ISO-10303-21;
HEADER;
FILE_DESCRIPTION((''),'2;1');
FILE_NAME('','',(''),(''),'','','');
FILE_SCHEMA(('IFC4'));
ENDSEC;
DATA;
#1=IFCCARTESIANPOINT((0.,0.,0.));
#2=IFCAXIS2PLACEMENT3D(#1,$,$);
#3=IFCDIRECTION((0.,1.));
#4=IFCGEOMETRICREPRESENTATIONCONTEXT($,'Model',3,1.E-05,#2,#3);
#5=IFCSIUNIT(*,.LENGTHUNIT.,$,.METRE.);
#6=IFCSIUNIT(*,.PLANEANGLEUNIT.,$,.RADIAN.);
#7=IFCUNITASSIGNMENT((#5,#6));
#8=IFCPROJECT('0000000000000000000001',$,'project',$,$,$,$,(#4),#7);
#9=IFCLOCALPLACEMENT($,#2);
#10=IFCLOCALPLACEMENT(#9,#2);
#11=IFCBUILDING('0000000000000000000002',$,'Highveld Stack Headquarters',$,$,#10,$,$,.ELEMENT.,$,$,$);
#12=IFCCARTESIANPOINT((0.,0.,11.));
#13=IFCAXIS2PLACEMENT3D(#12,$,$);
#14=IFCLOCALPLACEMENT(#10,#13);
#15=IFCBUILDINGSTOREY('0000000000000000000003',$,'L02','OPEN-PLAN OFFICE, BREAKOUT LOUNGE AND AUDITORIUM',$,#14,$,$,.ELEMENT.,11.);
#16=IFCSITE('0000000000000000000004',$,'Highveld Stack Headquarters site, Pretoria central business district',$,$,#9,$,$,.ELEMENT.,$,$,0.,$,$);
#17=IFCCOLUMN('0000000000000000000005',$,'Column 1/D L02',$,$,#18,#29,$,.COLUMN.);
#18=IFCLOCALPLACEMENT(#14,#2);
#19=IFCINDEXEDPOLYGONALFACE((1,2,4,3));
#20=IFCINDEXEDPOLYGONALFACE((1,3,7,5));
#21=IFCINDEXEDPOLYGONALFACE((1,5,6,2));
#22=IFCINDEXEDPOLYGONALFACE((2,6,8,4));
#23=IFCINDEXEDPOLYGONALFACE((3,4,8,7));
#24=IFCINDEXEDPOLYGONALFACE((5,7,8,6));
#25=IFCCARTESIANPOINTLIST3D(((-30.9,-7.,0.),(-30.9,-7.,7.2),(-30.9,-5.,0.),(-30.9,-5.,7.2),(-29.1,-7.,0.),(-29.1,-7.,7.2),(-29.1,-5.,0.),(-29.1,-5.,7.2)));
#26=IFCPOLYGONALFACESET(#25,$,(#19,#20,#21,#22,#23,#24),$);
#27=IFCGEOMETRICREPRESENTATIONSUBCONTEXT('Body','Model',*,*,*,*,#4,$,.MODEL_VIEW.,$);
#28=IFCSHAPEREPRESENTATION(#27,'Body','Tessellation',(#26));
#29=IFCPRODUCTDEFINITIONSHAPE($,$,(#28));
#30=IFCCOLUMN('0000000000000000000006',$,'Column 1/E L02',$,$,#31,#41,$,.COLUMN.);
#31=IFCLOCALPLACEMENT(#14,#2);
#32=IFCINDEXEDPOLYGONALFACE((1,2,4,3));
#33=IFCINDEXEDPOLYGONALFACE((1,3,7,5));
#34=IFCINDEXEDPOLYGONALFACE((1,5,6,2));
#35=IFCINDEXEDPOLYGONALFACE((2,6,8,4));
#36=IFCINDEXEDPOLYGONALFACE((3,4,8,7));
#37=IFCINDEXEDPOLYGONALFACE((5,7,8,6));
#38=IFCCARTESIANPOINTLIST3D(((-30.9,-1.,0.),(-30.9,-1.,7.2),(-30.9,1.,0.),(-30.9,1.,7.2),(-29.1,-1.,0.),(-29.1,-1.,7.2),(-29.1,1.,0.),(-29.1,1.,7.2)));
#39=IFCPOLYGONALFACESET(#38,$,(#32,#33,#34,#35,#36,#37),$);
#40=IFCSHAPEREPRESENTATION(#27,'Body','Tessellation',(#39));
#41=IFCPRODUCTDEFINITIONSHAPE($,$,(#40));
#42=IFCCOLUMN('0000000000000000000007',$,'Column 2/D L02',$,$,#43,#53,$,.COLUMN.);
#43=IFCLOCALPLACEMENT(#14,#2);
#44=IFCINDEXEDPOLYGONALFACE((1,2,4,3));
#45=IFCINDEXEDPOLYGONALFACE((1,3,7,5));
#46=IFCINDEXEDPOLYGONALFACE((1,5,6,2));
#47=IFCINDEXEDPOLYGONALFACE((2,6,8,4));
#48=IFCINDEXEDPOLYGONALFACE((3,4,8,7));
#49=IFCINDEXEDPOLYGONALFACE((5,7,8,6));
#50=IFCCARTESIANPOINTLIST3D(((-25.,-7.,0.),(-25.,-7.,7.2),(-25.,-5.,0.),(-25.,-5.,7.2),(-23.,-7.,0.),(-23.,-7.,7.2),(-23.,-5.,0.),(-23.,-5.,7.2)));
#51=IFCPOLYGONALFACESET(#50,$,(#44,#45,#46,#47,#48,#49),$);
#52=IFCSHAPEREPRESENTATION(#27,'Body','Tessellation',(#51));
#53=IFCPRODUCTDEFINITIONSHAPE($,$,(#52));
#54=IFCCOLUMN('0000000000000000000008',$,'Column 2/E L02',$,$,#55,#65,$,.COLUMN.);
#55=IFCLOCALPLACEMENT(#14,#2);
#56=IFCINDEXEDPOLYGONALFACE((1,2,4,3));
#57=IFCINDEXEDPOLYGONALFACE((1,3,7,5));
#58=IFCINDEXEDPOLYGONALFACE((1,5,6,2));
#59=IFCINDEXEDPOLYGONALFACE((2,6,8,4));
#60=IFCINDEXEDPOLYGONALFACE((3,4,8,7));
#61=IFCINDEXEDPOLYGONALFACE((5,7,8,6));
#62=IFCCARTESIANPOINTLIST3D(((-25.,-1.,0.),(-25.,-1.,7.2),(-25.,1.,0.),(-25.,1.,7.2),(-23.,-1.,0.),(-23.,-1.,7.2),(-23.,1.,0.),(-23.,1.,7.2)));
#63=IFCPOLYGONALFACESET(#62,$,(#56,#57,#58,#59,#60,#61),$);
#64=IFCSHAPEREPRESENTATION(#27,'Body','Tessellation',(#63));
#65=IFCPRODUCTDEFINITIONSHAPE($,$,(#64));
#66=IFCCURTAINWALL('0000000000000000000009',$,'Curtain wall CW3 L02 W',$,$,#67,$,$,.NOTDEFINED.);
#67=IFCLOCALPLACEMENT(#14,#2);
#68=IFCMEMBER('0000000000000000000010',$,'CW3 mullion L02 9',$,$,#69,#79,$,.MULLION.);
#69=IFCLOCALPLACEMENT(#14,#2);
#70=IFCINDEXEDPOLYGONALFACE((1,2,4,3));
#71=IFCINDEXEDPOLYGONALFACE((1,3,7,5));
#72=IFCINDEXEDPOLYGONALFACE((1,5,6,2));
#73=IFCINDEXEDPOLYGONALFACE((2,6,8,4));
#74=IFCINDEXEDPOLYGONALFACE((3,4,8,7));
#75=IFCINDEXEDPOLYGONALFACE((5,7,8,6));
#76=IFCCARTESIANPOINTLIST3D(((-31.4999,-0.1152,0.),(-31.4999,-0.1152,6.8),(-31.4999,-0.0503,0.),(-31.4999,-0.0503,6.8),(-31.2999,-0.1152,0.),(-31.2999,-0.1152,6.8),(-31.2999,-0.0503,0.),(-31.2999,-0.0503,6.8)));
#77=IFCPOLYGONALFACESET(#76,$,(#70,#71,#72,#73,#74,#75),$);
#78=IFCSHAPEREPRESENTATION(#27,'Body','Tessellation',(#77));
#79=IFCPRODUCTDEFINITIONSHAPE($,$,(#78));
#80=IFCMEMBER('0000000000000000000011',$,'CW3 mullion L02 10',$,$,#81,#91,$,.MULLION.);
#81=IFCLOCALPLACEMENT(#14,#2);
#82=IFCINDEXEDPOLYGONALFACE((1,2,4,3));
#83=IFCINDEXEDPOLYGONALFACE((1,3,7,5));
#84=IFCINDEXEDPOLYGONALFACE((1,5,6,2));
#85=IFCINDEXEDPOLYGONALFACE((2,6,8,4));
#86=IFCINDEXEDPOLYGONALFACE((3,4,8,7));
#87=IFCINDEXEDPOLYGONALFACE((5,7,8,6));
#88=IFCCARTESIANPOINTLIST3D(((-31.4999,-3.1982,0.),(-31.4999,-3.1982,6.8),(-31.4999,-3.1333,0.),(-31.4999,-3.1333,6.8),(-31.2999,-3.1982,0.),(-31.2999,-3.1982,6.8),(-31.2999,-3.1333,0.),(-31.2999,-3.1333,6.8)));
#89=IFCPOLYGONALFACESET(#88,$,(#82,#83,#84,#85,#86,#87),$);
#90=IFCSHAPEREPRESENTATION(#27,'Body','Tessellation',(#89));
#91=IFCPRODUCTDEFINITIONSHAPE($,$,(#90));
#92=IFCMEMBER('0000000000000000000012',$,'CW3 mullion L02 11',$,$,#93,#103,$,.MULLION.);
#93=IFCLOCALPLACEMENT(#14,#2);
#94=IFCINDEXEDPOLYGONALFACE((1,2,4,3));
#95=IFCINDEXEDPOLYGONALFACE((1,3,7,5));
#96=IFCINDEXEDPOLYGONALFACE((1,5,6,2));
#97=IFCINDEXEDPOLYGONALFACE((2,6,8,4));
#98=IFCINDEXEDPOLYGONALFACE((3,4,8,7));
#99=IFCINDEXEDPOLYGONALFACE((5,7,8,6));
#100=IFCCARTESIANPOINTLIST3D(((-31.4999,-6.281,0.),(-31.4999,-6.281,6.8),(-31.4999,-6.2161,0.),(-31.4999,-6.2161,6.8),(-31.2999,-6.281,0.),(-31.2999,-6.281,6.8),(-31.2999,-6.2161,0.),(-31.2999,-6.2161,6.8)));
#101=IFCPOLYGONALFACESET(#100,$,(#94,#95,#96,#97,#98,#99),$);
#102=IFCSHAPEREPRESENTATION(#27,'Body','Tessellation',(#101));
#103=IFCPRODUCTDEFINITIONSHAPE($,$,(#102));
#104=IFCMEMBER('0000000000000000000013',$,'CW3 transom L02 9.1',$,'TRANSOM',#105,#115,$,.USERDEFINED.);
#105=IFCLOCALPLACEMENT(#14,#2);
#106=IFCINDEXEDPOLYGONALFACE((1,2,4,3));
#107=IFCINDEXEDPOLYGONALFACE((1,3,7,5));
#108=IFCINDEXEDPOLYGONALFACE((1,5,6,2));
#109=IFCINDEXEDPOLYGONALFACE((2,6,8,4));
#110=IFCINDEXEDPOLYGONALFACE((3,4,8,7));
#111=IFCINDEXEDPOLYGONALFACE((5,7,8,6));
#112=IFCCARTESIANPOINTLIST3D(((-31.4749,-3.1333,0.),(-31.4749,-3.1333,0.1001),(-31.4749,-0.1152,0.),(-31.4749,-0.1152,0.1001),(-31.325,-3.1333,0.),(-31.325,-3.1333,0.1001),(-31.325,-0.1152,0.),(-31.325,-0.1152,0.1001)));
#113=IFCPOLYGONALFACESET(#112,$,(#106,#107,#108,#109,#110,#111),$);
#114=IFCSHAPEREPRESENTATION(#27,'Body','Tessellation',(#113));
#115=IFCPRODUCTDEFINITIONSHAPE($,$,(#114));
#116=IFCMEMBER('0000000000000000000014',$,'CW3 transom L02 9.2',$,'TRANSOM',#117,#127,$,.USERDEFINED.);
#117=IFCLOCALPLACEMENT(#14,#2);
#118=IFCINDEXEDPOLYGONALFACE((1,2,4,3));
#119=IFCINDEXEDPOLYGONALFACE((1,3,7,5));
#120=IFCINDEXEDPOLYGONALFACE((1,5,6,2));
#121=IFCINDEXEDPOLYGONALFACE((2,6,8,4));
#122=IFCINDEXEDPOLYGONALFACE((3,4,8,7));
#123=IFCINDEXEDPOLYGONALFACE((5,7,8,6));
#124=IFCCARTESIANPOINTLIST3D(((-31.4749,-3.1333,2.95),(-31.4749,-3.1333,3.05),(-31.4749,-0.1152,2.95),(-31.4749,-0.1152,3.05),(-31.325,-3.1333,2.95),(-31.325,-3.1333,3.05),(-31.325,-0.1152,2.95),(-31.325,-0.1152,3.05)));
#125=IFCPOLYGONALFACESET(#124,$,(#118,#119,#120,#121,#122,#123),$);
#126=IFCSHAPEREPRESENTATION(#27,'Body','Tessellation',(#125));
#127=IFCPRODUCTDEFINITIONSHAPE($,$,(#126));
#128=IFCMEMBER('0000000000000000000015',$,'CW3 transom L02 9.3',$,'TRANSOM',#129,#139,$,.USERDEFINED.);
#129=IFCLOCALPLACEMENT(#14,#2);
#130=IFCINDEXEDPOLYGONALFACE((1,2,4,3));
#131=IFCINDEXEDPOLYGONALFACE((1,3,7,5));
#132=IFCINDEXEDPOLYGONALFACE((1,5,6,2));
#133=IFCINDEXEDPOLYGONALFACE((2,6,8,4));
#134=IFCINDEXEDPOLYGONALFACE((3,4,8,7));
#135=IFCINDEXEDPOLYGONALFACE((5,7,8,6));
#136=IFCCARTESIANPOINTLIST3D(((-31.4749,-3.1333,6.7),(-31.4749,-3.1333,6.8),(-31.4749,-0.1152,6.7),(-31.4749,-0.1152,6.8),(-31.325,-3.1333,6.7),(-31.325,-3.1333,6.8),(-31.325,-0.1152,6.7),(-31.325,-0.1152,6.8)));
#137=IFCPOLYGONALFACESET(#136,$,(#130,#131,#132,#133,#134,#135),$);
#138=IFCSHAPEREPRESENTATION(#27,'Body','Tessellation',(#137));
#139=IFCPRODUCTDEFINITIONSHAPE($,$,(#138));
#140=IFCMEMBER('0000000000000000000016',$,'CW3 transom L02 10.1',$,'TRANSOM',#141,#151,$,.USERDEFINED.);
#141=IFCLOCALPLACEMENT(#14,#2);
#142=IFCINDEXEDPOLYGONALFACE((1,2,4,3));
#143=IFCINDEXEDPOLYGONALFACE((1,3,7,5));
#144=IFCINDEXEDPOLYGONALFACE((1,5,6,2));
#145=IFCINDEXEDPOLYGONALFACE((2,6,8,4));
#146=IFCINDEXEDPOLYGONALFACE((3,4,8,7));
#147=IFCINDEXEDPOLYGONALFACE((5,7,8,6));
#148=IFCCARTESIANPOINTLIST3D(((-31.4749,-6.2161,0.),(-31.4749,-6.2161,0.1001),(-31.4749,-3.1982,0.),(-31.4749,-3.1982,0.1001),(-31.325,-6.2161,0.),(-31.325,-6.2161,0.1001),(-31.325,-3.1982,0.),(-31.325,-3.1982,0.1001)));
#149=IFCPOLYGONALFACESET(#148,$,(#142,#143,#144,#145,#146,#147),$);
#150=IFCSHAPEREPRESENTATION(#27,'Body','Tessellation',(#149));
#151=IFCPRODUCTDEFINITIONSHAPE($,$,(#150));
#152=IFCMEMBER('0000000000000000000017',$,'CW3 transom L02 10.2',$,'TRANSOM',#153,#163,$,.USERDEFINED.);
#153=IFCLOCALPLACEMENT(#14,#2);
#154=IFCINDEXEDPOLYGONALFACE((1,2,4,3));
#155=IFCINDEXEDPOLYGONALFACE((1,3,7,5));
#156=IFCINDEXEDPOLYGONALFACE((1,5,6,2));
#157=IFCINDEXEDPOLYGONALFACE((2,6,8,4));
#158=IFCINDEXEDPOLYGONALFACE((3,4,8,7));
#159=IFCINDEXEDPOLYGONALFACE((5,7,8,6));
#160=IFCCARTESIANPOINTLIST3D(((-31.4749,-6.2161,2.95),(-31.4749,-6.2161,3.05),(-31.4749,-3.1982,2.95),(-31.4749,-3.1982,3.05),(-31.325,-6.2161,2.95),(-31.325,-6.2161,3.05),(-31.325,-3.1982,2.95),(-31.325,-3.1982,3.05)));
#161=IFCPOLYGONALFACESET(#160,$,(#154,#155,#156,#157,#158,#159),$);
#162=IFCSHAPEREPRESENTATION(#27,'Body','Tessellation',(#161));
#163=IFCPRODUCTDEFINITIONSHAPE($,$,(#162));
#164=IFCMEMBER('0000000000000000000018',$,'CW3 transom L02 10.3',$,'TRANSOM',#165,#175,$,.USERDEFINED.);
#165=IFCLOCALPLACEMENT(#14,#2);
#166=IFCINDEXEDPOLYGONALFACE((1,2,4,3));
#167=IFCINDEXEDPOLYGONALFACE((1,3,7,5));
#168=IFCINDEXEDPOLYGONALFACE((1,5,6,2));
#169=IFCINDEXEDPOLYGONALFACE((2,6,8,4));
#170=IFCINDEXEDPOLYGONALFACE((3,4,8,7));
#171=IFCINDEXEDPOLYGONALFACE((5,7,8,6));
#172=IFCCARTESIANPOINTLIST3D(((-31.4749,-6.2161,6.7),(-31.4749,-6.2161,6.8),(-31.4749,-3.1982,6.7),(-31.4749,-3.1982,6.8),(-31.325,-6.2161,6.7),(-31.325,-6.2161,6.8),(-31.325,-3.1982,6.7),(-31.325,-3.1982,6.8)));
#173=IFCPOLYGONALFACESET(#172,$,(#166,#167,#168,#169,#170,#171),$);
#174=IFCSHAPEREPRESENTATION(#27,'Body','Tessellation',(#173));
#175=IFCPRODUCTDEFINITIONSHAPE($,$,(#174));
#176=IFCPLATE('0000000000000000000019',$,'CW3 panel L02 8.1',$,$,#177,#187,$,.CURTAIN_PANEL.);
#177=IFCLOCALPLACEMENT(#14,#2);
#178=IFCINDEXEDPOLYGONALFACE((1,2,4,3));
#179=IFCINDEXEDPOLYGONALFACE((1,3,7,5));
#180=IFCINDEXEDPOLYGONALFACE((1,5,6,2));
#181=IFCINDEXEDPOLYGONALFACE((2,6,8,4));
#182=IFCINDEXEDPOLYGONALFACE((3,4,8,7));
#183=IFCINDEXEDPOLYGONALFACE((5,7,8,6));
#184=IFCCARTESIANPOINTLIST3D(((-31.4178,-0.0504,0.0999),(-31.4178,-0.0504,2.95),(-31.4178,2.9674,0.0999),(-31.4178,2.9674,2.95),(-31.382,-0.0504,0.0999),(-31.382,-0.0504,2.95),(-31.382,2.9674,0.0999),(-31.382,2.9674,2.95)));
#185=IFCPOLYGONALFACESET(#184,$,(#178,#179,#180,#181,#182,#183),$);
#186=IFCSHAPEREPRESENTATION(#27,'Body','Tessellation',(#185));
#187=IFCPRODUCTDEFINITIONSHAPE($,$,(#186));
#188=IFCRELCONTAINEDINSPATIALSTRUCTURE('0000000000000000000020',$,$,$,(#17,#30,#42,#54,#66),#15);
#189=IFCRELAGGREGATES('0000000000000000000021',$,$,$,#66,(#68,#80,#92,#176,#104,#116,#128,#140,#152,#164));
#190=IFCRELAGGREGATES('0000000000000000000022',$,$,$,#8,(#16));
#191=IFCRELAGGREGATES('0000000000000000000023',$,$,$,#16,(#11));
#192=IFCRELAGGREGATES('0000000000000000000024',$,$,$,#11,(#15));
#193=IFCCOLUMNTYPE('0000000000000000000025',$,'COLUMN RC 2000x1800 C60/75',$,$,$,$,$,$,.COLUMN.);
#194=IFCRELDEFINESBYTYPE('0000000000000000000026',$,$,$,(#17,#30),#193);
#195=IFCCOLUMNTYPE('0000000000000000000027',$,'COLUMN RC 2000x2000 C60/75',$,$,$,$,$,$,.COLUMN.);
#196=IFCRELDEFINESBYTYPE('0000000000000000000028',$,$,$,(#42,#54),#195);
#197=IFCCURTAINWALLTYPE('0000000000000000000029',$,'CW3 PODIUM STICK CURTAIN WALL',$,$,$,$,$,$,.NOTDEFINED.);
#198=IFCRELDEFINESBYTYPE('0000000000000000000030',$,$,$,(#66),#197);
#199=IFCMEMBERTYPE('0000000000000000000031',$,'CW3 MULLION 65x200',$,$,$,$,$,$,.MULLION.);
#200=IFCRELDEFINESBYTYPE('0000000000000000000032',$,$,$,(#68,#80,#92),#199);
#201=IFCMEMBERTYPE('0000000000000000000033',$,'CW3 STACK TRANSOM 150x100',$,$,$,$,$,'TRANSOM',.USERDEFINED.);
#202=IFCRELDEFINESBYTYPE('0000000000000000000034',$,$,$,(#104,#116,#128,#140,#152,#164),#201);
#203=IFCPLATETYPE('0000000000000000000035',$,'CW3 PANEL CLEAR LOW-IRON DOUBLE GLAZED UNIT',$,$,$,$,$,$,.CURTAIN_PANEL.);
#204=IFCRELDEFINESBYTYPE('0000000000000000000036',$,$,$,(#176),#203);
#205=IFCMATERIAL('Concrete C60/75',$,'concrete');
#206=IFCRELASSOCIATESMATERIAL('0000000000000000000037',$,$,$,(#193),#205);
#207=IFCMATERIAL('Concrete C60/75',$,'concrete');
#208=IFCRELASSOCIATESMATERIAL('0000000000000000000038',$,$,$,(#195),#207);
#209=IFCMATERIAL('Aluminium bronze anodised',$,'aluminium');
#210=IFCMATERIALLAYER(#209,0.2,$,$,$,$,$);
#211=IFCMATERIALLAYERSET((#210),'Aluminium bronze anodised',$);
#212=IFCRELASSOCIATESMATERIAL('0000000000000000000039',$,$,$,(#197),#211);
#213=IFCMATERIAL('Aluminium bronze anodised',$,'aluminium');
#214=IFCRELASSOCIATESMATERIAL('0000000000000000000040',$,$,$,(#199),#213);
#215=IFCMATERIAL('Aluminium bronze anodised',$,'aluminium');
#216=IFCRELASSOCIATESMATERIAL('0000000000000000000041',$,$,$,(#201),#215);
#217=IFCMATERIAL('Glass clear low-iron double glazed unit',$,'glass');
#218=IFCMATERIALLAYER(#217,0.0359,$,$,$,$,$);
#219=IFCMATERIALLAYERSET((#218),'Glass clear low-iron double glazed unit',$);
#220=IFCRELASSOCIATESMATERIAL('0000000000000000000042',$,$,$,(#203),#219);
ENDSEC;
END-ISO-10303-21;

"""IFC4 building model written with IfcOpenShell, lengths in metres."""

from ifc_helpers import new_model, si_unit, direction, frame, origin, origin_2d, place, context, subcontext, project, spatial, rectangle, extrude, material, layer, layer_set, material_profile, profile_set, type_object, element, aggregate, save


model = new_model("IFC4")

# Units and contexts
model_context = context("Model", 3, precision=1e-05, world=origin(), true_north=direction((0.0, 1.0)))
body_context = subcontext(model_context, "Body", "Model", "MODEL_VIEW")
ifc_project = project(units=[si_unit("LENGTHUNIT", "METRE"), si_unit("PLANEANGLEUNIT", "RADIAN")], contexts=[model_context])

# Site, building, storey
site_placement = place(None, origin())
site = spatial("IfcSite", under=ifc_project, at=site_placement, Name="Highveld Stack Headquarters site, Pretoria central business district", CompositionType="ELEMENT", RefElevation=0.0)
building_placement = place(site_placement, origin())
building = spatial("IfcBuilding", under=site, at=building_placement, Name="Highveld Stack Headquarters", CompositionType="ELEMENT")
storey_placement = place(building_placement, frame((0.0, 0.0, 11.0)))
storey = spatial("IfcBuildingStorey", under=building, at=storey_placement, Name="L02", Description="OPEN-PLAN OFFICE, BREAKOUT LOUNGE AND AUDITORIUM", CompositionType="ELEMENT", Elevation=11.0)

# Columns
ifc_material_1 = material(Name="Concrete C60/75", Category="concrete")
ifc_material_profile_1 = material_profile(ifc_material_1, rectangle(XDim=2.0, YDim=1.8, at=origin_2d()), Name="RC 2000x1800")
ifc_profile_set_1 = profile_set([ifc_material_profile_1], Name="Concrete C60/75")
column_type_1 = type_object("IfcColumnType", Name="COLUMN RC 2000x1800 C60/75", PredefinedType="COLUMN", material=ifc_profile_set_1)
for number, where, z_axis, x_axis, name in (
    (1, (-30.0, -6.0, 0.0), (0.0, 0.0, 1.0), (0.0, 1.0, 0.0), "Column 1/D L02"),
    (2, (-30.0, 0.0, 0.0), (0.0, 0.0, 1.0), (0.0, 1.0, 0.0), "Column 1/E L02"),
):
    element("IfcColumn", number, at=place(storey_placement, frame(where, z_axis=z_axis, x_axis=x_axis)), inside=storey, type_object=column_type_1, Name=name, PredefinedType="COLUMN", context=body_context, shape_type="SweptSolid", body=[
        extrude(rectangle(XDim=2.0, YDim=1.8, at=origin_2d()), origin(), (0.0, 0.0, 1.0), 7.2),
    ])
ifc_material_2 = material(Name="Concrete C60/75", Category="concrete")
ifc_material_profile_2 = material_profile(ifc_material_2, rectangle(XDim=2.0, YDim=2.0, at=origin_2d()), Name="RC 2000x2000")
ifc_profile_set_2 = profile_set([ifc_material_profile_2], Name="Concrete C60/75")
column_type_2 = type_object("IfcColumnType", Name="COLUMN RC 2000x2000 C60/75", PredefinedType="COLUMN", material=ifc_profile_set_2)
for number, where, z_axis, x_axis, name in (
    (3, (-24.0, -6.0, 0.0), (0.0, 0.0, 1.0), (1.0, 0.0, 0.0), "Column 2/D L02"),
    (4, (-24.0, 0.0, 0.0), (0.0, 0.0, 1.0), (1.0, 0.0, 0.0), "Column 2/E L02"),
):
    element("IfcColumn", number, at=place(storey_placement, frame(where, z_axis=z_axis, x_axis=x_axis)), inside=storey, type_object=column_type_2, Name=name, PredefinedType="COLUMN", context=body_context, shape_type="SweptSolid", body=[
        extrude(rectangle(XDim=2.0, YDim=2.0, at=origin_2d()), origin(), (0.0, 0.0, 1.0), 7.2),
    ])

# Curtain wall, members, plate
ifc_material_3 = material(Name="Aluminium bronze anodised", Category="aluminium")
ifc_layer_1 = layer(ifc_material_3, 0.2)
ifc_layer_set_1 = layer_set([ifc_layer_1], Name="Aluminium bronze anodised")
curtain_wall_type = type_object("IfcCurtainWallType", Name="CW3 PODIUM STICK CURTAIN WALL", PredefinedType="NOTDEFINED", material=ifc_layer_set_1)
curtain_wall_placement = place(storey_placement, origin())
curtain_wall = element("IfcCurtainWall", 5, at=curtain_wall_placement, inside=storey, type_object=curtain_wall_type, Name="Curtain wall CW3 L02 W", PredefinedType="NOTDEFINED")
ifc_material_4 = material(Name="Aluminium bronze anodised", Category="aluminium")
ifc_material_profile_3 = material_profile(ifc_material_4, rectangle(XDim=0.2, YDim=0.0649, at=origin_2d()), Name="CW3 MULLION 65x200")
ifc_profile_set_3 = profile_set([ifc_material_profile_3], Name="Aluminium bronze anodised")
member_type_1 = type_object("IfcMemberType", Name="CW3 MULLION 65x200", PredefinedType="MULLION", material=ifc_profile_set_3)
member_1_placement = place(storey_placement, frame((-31.3999, -0.0828, 0.0), z_axis=(0.0, 0.0, 1.0), x_axis=(1.0, 0.0, 0.0)))
member_1 = element("IfcMember", 6, at=member_1_placement, type_object=member_type_1, Name="CW3 mullion L02 9", PredefinedType="MULLION", context=body_context, shape_type="SweptSolid", body=[
    extrude(rectangle(XDim=0.2, YDim=0.0649, at=origin_2d()), origin(), (0.0, 0.0, 1.0), 6.8),
])
member_2_placement = place(storey_placement, frame((-31.3999, -3.1658, 0.0), z_axis=(0.0, 0.0, 1.0), x_axis=(1.0, 0.0, 0.0)))
member_2 = element("IfcMember", 7, at=member_2_placement, type_object=member_type_1, Name="CW3 mullion L02 10", PredefinedType="MULLION", context=body_context, shape_type="SweptSolid", body=[
    extrude(rectangle(XDim=0.2, YDim=0.0649, at=origin_2d()), origin(), (0.0, 0.0, 1.0), 6.8),
])
member_3_placement = place(storey_placement, frame((-31.3999, -6.2485, 0.0), z_axis=(0.0, 0.0, 1.0), x_axis=(1.0, 0.0, 0.0)))
member_3 = element("IfcMember", 8, at=member_3_placement, type_object=member_type_1, Name="CW3 mullion L02 11", PredefinedType="MULLION", context=body_context, shape_type="SweptSolid", body=[
    extrude(rectangle(XDim=0.2, YDim=0.0649, at=origin_2d()), origin(), (0.0, 0.0, 1.0), 6.8),
])
ifc_material_5 = material(Name="Aluminium bronze anodised", Category="aluminium")
ifc_material_profile_4 = material_profile(ifc_material_5, rectangle(XDim=0.1499, YDim=0.1001, at=origin_2d()), Name="CW3 TRANSOM 150x100")
ifc_profile_set_4 = profile_set([ifc_material_profile_4], Name="Aluminium bronze anodised")
member_type_2 = type_object("IfcMemberType", Name="CW3 STACK TRANSOM 150x100", ElementType="TRANSOM", PredefinedType="USERDEFINED", material=ifc_profile_set_4)
member_4_placement = place(storey_placement, frame((-31.3999, -0.1152, 0.05), z_axis=(0.0, -1.0, 0.0), x_axis=(1.0, 0.0, 0.0)))
member_4 = element("IfcMember", 9, at=member_4_placement, type_object=member_type_2, Name="CW3 transom L02 9.1", ObjectType="TRANSOM", PredefinedType="USERDEFINED", context=body_context, shape_type="SweptSolid", body=[
    extrude(rectangle(XDim=0.1499, YDim=0.1001, at=origin_2d()), origin(), (0.0, 0.0, 1.0), 3.0181),
])
member_5_placement = place(storey_placement, frame((-31.3999, -0.1152, 3.0), z_axis=(0.0, -1.0, 0.0), x_axis=(1.0, 0.0, 0.0)))
member_5 = element("IfcMember", 10, at=member_5_placement, type_object=member_type_2, Name="CW3 transom L02 9.2", ObjectType="TRANSOM", PredefinedType="USERDEFINED", context=body_context, shape_type="SweptSolid", body=[
    extrude(rectangle(XDim=0.1499, YDim=0.1001, at=origin_2d()), origin(), (0.0, 0.0, 1.0), 3.0181),
])
member_6_placement = place(storey_placement, frame((-31.3999, -0.1152, 6.75), z_axis=(0.0, -1.0, 0.0), x_axis=(1.0, 0.0, 0.0)))
member_6 = element("IfcMember", 11, at=member_6_placement, type_object=member_type_2, Name="CW3 transom L02 9.3", ObjectType="TRANSOM", PredefinedType="USERDEFINED", context=body_context, shape_type="SweptSolid", body=[
    extrude(rectangle(XDim=0.1499, YDim=0.1001, at=origin_2d()), origin(), (0.0, 0.0, 1.0), 3.0181),
])
member_7_placement = place(storey_placement, frame((-31.3999, -3.1982, 0.05), z_axis=(0.0, -1.0, 0.0), x_axis=(1.0, 0.0, 0.0)))
member_7 = element("IfcMember", 12, at=member_7_placement, type_object=member_type_2, Name="CW3 transom L02 10.1", ObjectType="TRANSOM", PredefinedType="USERDEFINED", context=body_context, shape_type="SweptSolid", body=[
    extrude(rectangle(XDim=0.1499, YDim=0.1001, at=origin_2d()), origin(), (0.0, 0.0, 1.0), 3.0178),
])
member_8_placement = place(storey_placement, frame((-31.3999, -3.1982, 3.0), z_axis=(0.0, -1.0, 0.0), x_axis=(1.0, 0.0, 0.0)))
member_8 = element("IfcMember", 13, at=member_8_placement, type_object=member_type_2, Name="CW3 transom L02 10.2", ObjectType="TRANSOM", PredefinedType="USERDEFINED", context=body_context, shape_type="SweptSolid", body=[
    extrude(rectangle(XDim=0.1499, YDim=0.1001, at=origin_2d()), origin(), (0.0, 0.0, 1.0), 3.0178),
])
member_9_placement = place(storey_placement, frame((-31.3999, -3.1982, 6.75), z_axis=(0.0, -1.0, 0.0), x_axis=(1.0, 0.0, 0.0)))
member_9 = element("IfcMember", 14, at=member_9_placement, type_object=member_type_2, Name="CW3 transom L02 10.3", ObjectType="TRANSOM", PredefinedType="USERDEFINED", context=body_context, shape_type="SweptSolid", body=[
    extrude(rectangle(XDim=0.1499, YDim=0.1001, at=origin_2d()), origin(), (0.0, 0.0, 1.0), 3.0178),
])
ifc_material_6 = material(Name="Glass clear low-iron double glazed unit", Category="glass")
ifc_layer_2 = layer(ifc_material_6, 0.0359)
ifc_layer_set_2 = layer_set([ifc_layer_2], Name="Glass clear low-iron double glazed unit")
plate_type = type_object("IfcPlateType", Name="CW3 PANEL CLEAR LOW-IRON DOUBLE GLAZED UNIT", PredefinedType="CURTAIN_PANEL", material=ifc_layer_set_2)
plate_1_placement = place(storey_placement, frame((-31.3999, 1.4585, 0.0999), z_axis=(0.0, 0.0, 1.0), x_axis=(0.0, -1.0, 0.0)))
plate_1 = element("IfcPlate", 15, at=plate_1_placement, type_object=plate_type, Name="CW3 panel L02 8.1", PredefinedType="CURTAIN_PANEL", context=body_context, shape_type="SweptSolid", body=[
    extrude(rectangle(XDim=3.0178, YDim=0.0359, at=origin_2d()), origin(), (0.0, 0.0, 1.0), 2.8501),
])
aggregate(curtain_wall, [member_1, member_2, member_3, plate_1, member_4, member_5, member_6, member_7, member_8, member_9])

save(model, "model.ifc")
